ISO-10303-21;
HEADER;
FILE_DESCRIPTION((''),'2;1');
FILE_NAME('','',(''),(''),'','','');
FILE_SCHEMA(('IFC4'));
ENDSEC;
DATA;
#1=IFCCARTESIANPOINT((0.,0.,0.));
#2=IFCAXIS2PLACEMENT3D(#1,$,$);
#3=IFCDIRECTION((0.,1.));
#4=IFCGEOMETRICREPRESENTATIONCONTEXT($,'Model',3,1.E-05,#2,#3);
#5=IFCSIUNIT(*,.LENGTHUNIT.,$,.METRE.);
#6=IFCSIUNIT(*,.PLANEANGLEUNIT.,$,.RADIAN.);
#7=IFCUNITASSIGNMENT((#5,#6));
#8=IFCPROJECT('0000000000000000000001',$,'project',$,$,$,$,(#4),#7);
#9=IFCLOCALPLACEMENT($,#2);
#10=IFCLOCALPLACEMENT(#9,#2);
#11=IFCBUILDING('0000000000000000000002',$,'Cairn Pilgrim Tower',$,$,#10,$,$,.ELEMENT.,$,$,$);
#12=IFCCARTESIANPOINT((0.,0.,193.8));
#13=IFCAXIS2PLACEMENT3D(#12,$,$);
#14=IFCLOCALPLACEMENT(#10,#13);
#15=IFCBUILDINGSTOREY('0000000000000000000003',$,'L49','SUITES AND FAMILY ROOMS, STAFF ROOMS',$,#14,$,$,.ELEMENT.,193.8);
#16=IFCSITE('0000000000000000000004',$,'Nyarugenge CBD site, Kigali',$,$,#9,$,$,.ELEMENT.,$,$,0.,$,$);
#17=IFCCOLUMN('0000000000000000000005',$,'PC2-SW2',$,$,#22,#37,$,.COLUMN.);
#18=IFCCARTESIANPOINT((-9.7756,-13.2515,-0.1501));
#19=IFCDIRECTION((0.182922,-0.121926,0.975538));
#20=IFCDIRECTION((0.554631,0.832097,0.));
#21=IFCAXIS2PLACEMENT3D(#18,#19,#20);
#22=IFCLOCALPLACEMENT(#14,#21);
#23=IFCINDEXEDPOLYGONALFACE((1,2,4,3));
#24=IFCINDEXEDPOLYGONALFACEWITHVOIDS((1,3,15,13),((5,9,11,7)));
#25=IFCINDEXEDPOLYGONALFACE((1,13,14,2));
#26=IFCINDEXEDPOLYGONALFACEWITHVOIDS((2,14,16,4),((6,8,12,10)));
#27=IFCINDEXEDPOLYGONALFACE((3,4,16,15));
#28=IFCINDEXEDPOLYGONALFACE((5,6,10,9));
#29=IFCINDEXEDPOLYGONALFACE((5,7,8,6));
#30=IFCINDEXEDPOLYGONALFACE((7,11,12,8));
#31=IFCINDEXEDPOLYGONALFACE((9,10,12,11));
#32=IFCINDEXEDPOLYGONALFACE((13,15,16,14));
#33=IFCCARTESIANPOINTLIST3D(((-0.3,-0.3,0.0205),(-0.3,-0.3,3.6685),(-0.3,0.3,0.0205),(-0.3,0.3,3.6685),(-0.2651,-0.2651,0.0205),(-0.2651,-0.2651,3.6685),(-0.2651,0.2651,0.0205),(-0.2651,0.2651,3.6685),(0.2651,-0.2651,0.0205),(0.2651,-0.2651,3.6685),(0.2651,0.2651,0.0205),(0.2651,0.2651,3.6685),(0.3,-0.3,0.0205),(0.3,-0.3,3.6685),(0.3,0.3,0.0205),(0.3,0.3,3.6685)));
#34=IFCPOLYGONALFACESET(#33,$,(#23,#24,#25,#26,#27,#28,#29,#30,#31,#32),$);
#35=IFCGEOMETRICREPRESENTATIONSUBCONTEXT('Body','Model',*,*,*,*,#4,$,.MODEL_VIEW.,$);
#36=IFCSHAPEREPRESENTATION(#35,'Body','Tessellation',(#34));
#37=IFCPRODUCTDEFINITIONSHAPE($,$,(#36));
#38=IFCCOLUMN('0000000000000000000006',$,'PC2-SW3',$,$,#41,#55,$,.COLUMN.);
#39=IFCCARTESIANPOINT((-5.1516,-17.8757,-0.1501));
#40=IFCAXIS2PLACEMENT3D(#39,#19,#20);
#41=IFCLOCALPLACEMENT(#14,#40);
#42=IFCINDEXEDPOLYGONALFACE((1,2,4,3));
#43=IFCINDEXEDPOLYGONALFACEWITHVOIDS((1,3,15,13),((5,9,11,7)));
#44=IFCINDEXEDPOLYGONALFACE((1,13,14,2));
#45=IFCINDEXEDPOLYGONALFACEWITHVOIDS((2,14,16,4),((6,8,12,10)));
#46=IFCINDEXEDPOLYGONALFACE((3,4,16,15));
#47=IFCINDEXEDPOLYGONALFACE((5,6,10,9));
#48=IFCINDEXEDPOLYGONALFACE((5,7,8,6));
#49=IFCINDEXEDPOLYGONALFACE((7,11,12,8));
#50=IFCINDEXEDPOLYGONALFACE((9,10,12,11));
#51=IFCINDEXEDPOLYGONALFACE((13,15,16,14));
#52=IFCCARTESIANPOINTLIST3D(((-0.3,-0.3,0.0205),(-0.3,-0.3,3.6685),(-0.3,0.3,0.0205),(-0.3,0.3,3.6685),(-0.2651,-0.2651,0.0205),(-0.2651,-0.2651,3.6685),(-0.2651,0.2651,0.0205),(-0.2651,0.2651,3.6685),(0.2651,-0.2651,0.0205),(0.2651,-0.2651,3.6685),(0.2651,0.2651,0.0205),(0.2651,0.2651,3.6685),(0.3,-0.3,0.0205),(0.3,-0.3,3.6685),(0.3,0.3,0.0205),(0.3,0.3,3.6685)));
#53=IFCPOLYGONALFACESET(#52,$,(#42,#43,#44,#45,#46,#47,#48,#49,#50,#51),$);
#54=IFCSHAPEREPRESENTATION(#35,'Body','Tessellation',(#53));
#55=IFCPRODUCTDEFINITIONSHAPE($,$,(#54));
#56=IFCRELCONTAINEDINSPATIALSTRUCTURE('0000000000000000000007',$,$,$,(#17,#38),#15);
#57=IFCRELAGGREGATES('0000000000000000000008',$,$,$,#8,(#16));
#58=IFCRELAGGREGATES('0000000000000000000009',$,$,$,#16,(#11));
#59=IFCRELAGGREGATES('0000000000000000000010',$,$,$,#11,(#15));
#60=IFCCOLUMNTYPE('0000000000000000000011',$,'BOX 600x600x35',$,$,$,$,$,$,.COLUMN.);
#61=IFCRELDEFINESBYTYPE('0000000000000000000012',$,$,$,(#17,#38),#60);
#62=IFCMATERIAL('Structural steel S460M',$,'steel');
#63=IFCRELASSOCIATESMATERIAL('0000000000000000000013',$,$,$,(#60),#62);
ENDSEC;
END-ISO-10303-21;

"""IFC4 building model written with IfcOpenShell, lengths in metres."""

from ifc_helpers import new_model, si_unit, direction, frame, origin, origin_2d, place, context, subcontext, project, spatial, hollow_rectangle, extrude, clip, halfspace, material, material_profile, profile_set, type_object, element, save


model = new_model("IFC4")

# Units and contexts
model_context = context("Model", 3, precision=1e-05, world=origin(), true_north=direction((0.0, 1.0)))
body_context = subcontext(model_context, "Body", "Model", "MODEL_VIEW")
ifc_project = project(units=[si_unit("LENGTHUNIT", "METRE"), si_unit("PLANEANGLEUNIT", "RADIAN")], contexts=[model_context])

# Site, building, storey
site_placement = place(None, origin())
site = spatial("IfcSite", under=ifc_project, at=site_placement, Name="Nyarugenge CBD site, Kigali", CompositionType="ELEMENT", RefElevation=0.0)
building_placement = place(site_placement, origin())
building = spatial("IfcBuilding", under=site, at=building_placement, Name="Cairn Pilgrim Tower", CompositionType="ELEMENT")
storey_placement = place(building_placement, frame((0.0, 0.0, 193.8)))
storey = spatial("IfcBuildingStorey", under=building, at=storey_placement, Name="L49", Description="SUITES AND FAMILY ROOMS, STAFF ROOMS", CompositionType="ELEMENT", Elevation=193.8)

# Columns
ifc_material_1 = material(Name="Structural steel S460M", Category="steel")
ifc_material_profile_1 = material_profile(ifc_material_1, hollow_rectangle(XDim=0.6001, YDim=0.6001, WallThickness=0.0349, at=origin_2d()), Name="BOX 600x600x35")
ifc_profile_set_1 = profile_set([ifc_material_profile_1], Name="Structural steel S460M")
column_type = type_object("IfcColumnType", Name="BOX 600x600x35", PredefinedType="COLUMN", material=ifc_profile_set_1)
for number, where, z_axis, x_axis, name in (
    (1, (-9.7756, -13.2515, -0.1501), (0.182922, -0.121926, 0.975538), (0.554631, 0.832097, 0.0), "PC2-SW2"),
    (2, (-5.1516, -17.8757, -0.1501), (0.182922, -0.121926, 0.975538), (0.554631, 0.832097, 0.0), "PC2-SW3"),
):
    element("IfcColumn", number, at=place(storey_placement, frame(where, z_axis=z_axis, x_axis=x_axis)), inside=storey, type_object=column_type, Name=name, PredefinedType="COLUMN", context=body_context, shape_type="Clipping", body=[
        clip(clip(extrude(hollow_rectangle(XDim=0.6001, YDim=0.6001, WallThickness=0.0349, at=origin_2d()), origin(), (0.0, 0.0, 1.0), 3.6904), halfspace(frame((0.0, 0.0, 0.0205), z_axis=(0.0, 0.0, 1.0), x_axis=(1.0, 0.0, 0.0)), True)), halfspace(frame((0.0, 0.0, 3.6685), z_axis=(0.0, 0.0, 1.0), x_axis=(1.0, 0.0, 0.0)), False)),
    ])

save(model, "model.ifc")
